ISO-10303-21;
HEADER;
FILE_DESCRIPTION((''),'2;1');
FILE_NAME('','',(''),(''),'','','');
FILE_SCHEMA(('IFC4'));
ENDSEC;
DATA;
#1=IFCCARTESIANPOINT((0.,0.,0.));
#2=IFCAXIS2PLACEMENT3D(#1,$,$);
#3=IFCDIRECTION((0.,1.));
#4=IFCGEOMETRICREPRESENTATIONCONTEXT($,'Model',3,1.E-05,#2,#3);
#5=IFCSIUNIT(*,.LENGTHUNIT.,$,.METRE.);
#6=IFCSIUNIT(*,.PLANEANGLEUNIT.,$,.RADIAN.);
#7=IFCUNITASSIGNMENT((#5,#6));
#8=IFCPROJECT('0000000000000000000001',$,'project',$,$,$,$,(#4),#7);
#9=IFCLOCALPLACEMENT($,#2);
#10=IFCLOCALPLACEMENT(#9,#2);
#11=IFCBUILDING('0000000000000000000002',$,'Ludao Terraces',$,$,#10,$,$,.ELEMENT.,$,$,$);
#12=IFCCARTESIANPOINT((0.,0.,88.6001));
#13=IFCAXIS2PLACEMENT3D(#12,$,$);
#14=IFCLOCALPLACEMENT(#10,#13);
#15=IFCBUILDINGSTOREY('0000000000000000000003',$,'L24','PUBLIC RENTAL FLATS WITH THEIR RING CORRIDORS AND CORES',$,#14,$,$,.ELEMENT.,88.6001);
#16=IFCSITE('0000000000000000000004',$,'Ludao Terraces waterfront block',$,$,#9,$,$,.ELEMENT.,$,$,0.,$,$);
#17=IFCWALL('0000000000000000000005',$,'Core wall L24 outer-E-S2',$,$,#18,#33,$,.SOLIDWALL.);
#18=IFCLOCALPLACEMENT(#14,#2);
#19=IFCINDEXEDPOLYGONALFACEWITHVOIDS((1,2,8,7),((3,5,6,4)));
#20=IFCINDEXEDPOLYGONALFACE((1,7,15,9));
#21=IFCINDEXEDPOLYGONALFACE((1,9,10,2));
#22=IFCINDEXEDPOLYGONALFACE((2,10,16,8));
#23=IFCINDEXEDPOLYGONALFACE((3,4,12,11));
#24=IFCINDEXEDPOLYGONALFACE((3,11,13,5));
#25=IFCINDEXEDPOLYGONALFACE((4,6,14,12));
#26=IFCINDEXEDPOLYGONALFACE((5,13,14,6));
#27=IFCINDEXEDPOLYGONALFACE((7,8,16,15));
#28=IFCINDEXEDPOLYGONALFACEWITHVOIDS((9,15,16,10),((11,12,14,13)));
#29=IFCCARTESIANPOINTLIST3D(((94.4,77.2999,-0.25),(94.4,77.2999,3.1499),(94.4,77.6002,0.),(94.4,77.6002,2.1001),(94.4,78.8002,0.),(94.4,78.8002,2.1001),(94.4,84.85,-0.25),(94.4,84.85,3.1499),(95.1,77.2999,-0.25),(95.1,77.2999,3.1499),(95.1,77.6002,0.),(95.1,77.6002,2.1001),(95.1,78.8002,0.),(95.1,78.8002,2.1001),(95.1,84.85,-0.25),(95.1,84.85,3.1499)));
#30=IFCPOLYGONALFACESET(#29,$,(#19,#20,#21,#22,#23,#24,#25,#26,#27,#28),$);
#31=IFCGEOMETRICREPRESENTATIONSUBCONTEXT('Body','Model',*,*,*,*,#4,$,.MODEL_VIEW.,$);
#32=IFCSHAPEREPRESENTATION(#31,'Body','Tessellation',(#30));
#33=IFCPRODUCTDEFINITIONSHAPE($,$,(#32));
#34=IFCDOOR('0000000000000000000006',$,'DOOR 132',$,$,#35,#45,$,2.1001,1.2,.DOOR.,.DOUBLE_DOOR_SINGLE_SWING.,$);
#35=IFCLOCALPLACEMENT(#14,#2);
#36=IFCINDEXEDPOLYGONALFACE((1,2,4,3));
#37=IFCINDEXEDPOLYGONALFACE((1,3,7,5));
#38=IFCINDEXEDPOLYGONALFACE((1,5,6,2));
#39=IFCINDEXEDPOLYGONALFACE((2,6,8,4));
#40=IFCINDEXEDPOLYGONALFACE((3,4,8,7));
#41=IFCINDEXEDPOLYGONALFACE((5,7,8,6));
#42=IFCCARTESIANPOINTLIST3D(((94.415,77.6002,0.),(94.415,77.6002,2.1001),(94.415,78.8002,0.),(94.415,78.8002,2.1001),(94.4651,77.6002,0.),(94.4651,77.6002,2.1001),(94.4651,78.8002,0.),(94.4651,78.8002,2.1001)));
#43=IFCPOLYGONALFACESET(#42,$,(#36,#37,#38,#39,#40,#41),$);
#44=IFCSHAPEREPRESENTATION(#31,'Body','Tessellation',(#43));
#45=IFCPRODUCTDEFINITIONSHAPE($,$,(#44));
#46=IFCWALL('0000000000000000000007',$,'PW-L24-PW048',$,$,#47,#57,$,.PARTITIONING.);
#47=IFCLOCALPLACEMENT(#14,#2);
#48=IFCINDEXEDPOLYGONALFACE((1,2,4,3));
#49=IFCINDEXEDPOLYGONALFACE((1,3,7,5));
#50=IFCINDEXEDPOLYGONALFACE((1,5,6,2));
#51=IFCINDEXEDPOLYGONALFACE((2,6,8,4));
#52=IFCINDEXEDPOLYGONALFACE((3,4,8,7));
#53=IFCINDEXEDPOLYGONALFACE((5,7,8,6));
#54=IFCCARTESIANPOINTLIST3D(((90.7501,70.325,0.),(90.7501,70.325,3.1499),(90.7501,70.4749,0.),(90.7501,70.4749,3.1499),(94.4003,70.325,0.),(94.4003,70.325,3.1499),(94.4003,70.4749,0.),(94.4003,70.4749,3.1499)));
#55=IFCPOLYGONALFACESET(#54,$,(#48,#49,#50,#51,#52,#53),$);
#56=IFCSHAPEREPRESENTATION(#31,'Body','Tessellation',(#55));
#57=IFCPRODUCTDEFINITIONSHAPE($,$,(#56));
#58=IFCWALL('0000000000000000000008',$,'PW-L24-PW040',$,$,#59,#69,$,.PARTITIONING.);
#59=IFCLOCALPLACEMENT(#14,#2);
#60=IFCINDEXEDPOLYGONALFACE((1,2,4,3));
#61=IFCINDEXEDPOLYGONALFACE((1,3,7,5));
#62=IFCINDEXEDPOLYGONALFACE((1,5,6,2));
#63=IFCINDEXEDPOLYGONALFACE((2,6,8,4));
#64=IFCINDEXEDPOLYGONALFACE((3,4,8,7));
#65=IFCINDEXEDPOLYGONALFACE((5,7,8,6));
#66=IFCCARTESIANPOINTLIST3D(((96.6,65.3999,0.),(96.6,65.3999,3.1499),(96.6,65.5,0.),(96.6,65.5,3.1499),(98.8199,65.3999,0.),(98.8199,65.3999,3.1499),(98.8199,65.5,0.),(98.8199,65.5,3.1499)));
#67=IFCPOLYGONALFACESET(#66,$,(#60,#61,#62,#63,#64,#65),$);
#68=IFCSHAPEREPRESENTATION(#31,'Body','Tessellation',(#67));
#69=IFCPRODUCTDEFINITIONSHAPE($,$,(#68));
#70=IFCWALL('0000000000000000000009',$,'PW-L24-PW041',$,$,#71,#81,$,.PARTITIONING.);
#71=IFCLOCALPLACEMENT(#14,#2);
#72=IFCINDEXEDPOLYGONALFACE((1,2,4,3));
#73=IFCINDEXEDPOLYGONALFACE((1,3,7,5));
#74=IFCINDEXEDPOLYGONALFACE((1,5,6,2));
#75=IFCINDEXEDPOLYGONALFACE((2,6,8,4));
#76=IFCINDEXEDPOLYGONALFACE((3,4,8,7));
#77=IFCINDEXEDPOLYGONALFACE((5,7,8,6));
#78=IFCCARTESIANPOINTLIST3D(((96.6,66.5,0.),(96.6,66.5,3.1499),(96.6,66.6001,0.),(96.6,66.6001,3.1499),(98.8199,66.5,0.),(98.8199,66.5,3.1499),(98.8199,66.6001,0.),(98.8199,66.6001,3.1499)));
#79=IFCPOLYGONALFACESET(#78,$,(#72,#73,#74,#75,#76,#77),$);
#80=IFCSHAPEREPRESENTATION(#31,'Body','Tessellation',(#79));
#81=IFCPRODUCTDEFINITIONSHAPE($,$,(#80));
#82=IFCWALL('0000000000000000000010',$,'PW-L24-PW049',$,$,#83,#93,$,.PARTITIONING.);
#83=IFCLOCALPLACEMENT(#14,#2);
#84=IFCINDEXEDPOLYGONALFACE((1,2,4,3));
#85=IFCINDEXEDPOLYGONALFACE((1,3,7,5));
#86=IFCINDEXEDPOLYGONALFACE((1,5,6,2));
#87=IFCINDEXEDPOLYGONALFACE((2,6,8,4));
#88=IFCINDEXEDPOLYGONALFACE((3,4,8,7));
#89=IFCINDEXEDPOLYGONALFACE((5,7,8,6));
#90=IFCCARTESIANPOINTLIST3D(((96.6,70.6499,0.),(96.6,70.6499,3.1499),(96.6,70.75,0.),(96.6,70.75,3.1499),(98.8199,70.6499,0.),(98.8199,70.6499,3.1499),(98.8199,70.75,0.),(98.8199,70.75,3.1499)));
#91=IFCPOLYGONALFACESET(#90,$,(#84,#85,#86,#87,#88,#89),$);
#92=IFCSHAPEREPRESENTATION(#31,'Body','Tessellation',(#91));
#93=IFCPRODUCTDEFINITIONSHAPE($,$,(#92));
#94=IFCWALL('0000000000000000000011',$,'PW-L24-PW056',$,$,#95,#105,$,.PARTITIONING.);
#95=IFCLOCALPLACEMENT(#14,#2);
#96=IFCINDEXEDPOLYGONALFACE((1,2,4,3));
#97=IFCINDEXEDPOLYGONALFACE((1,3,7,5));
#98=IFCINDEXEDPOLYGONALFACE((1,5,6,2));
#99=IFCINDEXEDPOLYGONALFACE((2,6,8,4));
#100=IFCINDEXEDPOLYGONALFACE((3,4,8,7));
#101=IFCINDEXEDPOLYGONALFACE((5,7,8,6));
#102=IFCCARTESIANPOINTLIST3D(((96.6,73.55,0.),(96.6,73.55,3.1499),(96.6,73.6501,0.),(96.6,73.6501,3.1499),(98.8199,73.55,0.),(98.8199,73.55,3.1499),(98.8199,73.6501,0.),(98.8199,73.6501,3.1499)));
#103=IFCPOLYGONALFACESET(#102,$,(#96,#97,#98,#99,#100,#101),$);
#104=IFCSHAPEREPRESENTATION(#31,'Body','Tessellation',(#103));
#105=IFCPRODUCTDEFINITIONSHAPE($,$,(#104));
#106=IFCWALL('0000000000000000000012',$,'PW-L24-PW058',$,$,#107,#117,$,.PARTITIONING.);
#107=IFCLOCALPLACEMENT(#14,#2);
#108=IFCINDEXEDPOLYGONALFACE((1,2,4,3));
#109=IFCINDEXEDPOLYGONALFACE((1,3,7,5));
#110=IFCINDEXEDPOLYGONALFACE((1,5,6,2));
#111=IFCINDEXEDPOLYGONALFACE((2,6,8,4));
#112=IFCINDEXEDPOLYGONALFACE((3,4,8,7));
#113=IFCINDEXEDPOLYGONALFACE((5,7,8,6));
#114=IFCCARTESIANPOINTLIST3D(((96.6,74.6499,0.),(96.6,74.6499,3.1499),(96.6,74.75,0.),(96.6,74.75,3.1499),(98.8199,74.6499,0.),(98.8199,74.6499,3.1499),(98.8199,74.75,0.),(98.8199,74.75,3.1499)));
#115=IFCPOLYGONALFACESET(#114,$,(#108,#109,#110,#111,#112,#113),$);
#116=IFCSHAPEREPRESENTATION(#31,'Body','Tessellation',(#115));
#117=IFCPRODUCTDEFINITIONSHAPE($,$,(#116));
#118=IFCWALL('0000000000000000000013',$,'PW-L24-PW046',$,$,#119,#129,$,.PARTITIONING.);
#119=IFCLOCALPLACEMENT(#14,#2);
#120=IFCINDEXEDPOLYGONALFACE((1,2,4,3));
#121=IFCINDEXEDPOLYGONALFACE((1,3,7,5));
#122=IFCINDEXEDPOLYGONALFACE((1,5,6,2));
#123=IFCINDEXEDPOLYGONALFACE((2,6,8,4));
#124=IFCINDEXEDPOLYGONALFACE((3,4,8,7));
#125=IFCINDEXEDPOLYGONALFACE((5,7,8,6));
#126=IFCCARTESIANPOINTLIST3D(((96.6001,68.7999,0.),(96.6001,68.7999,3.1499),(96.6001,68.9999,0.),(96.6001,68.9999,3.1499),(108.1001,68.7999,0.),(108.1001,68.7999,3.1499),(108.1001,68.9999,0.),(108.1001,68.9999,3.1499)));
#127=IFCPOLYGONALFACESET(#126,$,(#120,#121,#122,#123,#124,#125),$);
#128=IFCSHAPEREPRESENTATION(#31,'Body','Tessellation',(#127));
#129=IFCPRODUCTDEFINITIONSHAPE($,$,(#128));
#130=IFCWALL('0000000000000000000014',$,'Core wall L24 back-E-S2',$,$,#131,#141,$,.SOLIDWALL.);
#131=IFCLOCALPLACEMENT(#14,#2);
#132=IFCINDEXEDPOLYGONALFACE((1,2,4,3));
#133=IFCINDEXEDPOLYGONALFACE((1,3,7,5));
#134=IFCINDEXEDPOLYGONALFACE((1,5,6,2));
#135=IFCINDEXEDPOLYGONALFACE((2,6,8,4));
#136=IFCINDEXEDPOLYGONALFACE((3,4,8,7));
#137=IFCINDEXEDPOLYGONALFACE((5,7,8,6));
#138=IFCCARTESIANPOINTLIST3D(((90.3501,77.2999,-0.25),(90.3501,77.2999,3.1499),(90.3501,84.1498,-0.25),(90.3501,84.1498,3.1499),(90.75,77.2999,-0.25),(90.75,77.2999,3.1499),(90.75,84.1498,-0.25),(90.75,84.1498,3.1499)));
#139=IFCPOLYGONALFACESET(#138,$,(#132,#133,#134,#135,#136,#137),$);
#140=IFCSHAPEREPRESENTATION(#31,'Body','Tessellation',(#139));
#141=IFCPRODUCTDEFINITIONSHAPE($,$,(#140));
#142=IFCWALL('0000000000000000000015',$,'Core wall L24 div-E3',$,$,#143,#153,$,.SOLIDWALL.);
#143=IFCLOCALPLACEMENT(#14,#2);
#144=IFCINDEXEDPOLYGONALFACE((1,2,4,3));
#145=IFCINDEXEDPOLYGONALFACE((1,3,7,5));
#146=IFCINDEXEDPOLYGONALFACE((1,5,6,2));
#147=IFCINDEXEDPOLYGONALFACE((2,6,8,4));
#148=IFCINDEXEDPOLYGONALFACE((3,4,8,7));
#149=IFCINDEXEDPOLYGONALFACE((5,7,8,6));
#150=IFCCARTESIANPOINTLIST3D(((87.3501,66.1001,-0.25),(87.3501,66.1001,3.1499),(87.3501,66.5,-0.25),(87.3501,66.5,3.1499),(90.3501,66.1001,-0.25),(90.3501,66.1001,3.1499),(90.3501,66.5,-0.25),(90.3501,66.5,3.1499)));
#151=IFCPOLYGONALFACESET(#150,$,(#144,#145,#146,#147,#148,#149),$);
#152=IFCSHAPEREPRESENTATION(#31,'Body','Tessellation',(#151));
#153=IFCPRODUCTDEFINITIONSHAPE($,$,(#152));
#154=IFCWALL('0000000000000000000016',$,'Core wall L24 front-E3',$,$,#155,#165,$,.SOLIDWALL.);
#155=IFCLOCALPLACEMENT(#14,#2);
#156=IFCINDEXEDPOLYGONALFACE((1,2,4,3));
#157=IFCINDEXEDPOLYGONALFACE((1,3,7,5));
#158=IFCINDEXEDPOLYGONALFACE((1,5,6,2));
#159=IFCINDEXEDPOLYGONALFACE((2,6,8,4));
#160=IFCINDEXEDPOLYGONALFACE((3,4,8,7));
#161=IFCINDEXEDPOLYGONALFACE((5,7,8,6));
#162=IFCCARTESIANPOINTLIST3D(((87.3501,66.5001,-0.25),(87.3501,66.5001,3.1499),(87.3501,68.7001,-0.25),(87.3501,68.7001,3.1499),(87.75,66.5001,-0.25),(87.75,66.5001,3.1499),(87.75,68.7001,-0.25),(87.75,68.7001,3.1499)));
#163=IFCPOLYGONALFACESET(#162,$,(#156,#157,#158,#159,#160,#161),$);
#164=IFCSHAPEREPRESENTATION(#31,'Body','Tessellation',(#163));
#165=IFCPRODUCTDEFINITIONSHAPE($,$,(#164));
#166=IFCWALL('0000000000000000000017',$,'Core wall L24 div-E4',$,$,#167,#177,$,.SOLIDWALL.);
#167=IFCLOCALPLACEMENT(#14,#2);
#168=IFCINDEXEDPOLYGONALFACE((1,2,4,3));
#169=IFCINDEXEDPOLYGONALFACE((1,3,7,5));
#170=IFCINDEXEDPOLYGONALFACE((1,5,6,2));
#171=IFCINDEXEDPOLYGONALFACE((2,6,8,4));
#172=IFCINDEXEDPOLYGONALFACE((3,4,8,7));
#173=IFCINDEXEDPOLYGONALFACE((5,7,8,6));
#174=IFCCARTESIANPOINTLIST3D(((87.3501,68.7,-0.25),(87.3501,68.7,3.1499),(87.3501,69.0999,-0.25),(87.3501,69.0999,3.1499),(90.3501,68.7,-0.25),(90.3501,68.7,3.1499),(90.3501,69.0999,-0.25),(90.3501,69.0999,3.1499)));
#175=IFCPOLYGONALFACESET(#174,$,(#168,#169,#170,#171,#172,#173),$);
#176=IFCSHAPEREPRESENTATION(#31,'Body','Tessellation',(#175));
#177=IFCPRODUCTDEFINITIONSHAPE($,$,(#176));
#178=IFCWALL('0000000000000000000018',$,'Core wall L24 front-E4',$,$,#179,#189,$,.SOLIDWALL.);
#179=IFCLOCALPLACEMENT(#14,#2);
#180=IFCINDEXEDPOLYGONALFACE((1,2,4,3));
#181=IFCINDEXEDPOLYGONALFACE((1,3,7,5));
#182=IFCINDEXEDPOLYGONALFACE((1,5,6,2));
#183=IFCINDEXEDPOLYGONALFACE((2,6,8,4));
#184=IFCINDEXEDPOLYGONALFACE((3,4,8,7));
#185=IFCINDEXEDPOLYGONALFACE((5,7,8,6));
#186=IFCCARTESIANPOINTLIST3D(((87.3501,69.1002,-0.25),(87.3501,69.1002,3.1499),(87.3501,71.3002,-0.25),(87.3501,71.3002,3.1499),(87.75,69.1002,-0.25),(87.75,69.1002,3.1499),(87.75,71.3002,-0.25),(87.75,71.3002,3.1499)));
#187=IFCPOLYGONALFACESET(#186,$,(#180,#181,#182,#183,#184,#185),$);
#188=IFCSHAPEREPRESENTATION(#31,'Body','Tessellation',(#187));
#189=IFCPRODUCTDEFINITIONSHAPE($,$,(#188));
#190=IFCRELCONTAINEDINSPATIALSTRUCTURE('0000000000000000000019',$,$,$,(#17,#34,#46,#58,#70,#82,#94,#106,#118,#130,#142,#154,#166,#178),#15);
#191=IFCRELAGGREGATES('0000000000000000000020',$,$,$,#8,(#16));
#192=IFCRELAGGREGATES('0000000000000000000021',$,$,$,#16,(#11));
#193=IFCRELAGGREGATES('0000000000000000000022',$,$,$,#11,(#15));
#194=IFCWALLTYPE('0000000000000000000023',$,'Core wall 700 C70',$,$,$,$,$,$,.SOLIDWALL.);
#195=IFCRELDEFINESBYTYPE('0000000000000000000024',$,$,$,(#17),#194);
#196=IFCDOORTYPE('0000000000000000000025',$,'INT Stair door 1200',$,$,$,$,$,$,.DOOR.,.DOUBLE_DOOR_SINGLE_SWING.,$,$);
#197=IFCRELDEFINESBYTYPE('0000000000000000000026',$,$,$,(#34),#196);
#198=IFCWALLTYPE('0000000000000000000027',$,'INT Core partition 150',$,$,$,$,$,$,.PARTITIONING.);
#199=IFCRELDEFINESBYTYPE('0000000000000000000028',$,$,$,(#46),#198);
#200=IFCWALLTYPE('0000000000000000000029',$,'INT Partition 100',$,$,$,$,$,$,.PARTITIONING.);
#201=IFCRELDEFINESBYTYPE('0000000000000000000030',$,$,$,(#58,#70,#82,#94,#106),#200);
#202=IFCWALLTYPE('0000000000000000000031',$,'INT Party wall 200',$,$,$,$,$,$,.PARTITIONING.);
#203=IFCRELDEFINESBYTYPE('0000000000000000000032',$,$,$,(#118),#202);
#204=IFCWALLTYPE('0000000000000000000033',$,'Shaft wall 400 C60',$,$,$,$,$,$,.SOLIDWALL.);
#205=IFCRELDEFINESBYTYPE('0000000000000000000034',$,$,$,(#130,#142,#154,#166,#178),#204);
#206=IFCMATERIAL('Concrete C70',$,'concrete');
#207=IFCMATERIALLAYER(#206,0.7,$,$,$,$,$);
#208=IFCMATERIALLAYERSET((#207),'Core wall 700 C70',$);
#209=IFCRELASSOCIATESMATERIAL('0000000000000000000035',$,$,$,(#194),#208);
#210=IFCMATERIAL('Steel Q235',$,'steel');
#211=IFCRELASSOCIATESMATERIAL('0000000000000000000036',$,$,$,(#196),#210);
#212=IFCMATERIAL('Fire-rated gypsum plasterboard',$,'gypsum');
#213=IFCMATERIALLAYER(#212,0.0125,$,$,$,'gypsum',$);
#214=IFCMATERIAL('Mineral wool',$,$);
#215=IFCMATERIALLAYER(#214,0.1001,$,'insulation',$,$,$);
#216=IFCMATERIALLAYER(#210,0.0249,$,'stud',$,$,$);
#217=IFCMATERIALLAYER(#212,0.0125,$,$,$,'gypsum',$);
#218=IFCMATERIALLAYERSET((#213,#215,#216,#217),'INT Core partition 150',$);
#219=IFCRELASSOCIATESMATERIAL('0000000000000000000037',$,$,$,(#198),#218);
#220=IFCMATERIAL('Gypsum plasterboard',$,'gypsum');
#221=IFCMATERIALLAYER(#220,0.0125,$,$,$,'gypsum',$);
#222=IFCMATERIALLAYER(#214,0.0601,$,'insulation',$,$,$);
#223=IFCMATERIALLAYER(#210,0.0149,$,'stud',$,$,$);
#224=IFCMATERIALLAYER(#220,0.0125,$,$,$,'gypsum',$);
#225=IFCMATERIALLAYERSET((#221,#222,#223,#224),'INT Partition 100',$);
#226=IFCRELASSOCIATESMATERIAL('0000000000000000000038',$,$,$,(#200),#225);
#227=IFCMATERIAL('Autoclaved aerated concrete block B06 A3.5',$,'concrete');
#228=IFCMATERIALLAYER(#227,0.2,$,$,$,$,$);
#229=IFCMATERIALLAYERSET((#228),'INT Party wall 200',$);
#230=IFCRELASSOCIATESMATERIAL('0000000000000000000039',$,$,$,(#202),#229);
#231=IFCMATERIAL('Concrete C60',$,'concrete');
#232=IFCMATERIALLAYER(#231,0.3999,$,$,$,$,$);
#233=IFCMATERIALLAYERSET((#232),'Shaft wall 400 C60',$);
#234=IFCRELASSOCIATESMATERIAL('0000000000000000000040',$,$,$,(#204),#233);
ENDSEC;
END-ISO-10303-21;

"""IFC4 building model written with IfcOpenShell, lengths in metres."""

from ifc_helpers import new_model, si_unit, direction, frame, frame_2d, origin, place, context, subcontext, project, spatial, rectangle, extrude, material, layer, layer_set, type_object, element, fill, save


model = new_model("IFC4")

# Units and contexts
model_context = context("Model", 3, precision=1e-05, world=origin(), true_north=direction((0.0, 1.0)))
body_context = subcontext(model_context, "Body", "Model", "MODEL_VIEW")
ifc_project = project(units=[si_unit("LENGTHUNIT", "METRE"), si_unit("PLANEANGLEUNIT", "RADIAN")], contexts=[model_context])

# Site, building, storey
site_placement = place(None, origin())
site = spatial("IfcSite", under=ifc_project, at=site_placement, Name="Ludao Terraces waterfront block", CompositionType="ELEMENT", RefElevation=0.0)
building_placement = place(site_placement, origin())
building = spatial("IfcBuilding", under=site, at=building_placement, Name="Ludao Terraces", CompositionType="ELEMENT")
storey_placement = place(building_placement, frame((0.0, 0.0, 88.6001)))
storey = spatial("IfcBuildingStorey", under=building, at=storey_placement, Name="L24", Description="PUBLIC RENTAL FLATS WITH THEIR RING CORRIDORS AND CORES", CompositionType="ELEMENT", Elevation=88.6001)

# Wall, opening, door
ifc_material_1 = material(Name="Concrete C70", Category="concrete")
ifc_layer_1 = layer(ifc_material_1, 0.7)
ifc_layer_set_1 = layer_set([ifc_layer_1], Name="Core wall 700 C70")
wall_type_1 = type_object("IfcWallType", Name="Core wall 700 C70", PredefinedType="SOLIDWALL", material=ifc_layer_set_1)
wall_1_placement = place(storey_placement, frame((94.75, 77.3, -0.25), z_axis=(0.0, 0.0, 1.0), x_axis=(0.0, 1.0, 0.0)))
wall_1 = element("IfcWall", 1, at=wall_1_placement, inside=storey, type_object=wall_type_1, Name="Core wall L24 outer-E-S2", PredefinedType="SOLIDWALL", context=body_context, shape_type="SweptSolid", body=[
    extrude(rectangle(XDim=7.55, YDim=0.7, at=frame_2d((3.7749, 0.0))), origin(), (0.0, 0.0, 1.0), 3.3999),
])
opening_1_placement = place(wall_1_placement, frame((0.3, 0.0, 0.25)))
opening_1 = element("IfcOpeningElement", 2, at=opening_1_placement, cuts=wall_1, PredefinedType="OPENING", context=body_context, shape_type="SweptSolid", body=[
    extrude(rectangle(XDim=1.2, YDim=2.1001, at=frame_2d((0.6001, 1.05))), frame((0.0, 0.3599, 0.0), z_axis=(0.0, -1.0, 0.0), x_axis=(1.0, 0.0, 0.0)), (0.0, 0.0, 1.0), 0.72),
])
ifc_material_2 = material(Name="Steel Q235", Category="steel")
door_type_1 = type_object("IfcDoorType", Name="INT Stair door 1200", OperationType="DOUBLE_DOOR_SINGLE_SWING", PredefinedType="DOOR", material=ifc_material_2)
door_1_placement = place(opening_1_placement, origin())
door_1 = element("IfcDoor", 3, at=door_1_placement, inside=storey, type_object=door_type_1, Name="DOOR 132", OperationType="DOUBLE_DOOR_SINGLE_SWING", OverallHeight=2.1001, OverallWidth=1.2, PredefinedType="DOOR", context=body_context, shape_type="SweptSolid", body=[
    extrude(rectangle(XDim=1.2, YDim=2.1001, at=frame_2d((0.6001, 1.05))), frame((0.0, 0.335, 0.0), z_axis=(0.0, -1.0, 0.0), x_axis=(1.0, 0.0, 0.0)), (0.0, 0.0, 1.0), 0.05),
])
fill(opening_1, door_1)

# Walls
ifc_material_3 = material(Name="Fire-rated gypsum plasterboard", Category="gypsum")
ifc_layer_2 = layer(ifc_material_3, 0.0125, Category="gypsum")
ifc_material_4 = material(Name="Mineral wool")
ifc_layer_3 = layer(ifc_material_4, 0.1001, Name="insulation")
ifc_layer_4 = layer(ifc_material_2, 0.0249, Name="stud")
ifc_layer_5 = layer(ifc_material_3, 0.0125, Category="gypsum")
ifc_layer_set_2 = layer_set([ifc_layer_2, ifc_layer_3, ifc_layer_4, ifc_layer_5], Name="INT Core partition 150")
wall_type_2 = type_object("IfcWallType", Name="INT Core partition 150", PredefinedType="PARTITIONING", material=ifc_layer_set_2)
wall_2_placement = place(storey_placement, frame((90.75, 70.3999, 0.0), z_axis=(0.0, 0.0, 1.0), x_axis=(1.0, 0.0, 0.0)))
element("IfcWall", 4, at=wall_2_placement, inside=storey, type_object=wall_type_2, Name="PW-L24-PW048", PredefinedType="PARTITIONING", context=body_context, shape_type="SweptSolid", body=[
    extrude(rectangle(XDim=3.6501, YDim=0.1499, at=frame_2d((1.8252, 0.0))), origin(), (0.0, 0.0, 1.0), 3.1499),
])
ifc_material_5 = material(Name="Gypsum plasterboard", Category="gypsum")
ifc_layer_6 = layer(ifc_material_5, 0.0125, Category="gypsum")
ifc_layer_7 = layer(ifc_material_4, 0.0601, Name="insulation")
ifc_layer_8 = layer(ifc_material_2, 0.0149, Name="stud")
ifc_layer_9 = layer(ifc_material_5, 0.0125, Category="gypsum")
ifc_layer_set_3 = layer_set([ifc_layer_6, ifc_layer_7, ifc_layer_8, ifc_layer_9], Name="INT Partition 100")
wall_type_3 = type_object("IfcWallType", Name="INT Partition 100", PredefinedType="PARTITIONING", material=ifc_layer_set_3)
for number, where, z_axis, x_axis, name in (
    (5, (96.6001, 65.45, 0.0), (0.0, 0.0, 1.0), (1.0, 0.0, 0.0), "PW-L24-PW040"),
    (6, (96.6001, 66.55, 0.0), (0.0, 0.0, 1.0), (1.0, 0.0, 0.0), "PW-L24-PW041"),
    (7, (96.6001, 70.7, 0.0), (0.0, 0.0, 1.0), (1.0, 0.0, 0.0), "PW-L24-PW049"),
    (8, (96.6001, 73.6001, 0.0), (0.0, 0.0, 1.0), (1.0, 0.0, 0.0), "PW-L24-PW056"),
    (9, (96.6001, 74.7, 0.0), (0.0, 0.0, 1.0), (1.0, 0.0, 0.0), "PW-L24-PW058"),
):
    element("IfcWall", number, at=place(storey_placement, frame(where, z_axis=z_axis, x_axis=x_axis)), inside=storey, type_object=wall_type_3, Name=name, PredefinedType="PARTITIONING", context=body_context, shape_type="SweptSolid", body=[
        extrude(rectangle(XDim=2.22, YDim=0.1001, at=frame_2d((1.1099, 0.0))), origin(), (0.0, 0.0, 1.0), 3.1499),
    ])
ifc_material_6 = material(Name="Autoclaved aerated concrete block B06 A3.5", Category="concrete")
ifc_layer_10 = layer(ifc_material_6, 0.2)
ifc_layer_set_4 = layer_set([ifc_layer_10], Name="INT Party wall 200")
wall_type_4 = type_object("IfcWallType", Name="INT Party wall 200", PredefinedType="PARTITIONING", material=ifc_layer_set_4)
wall_3_placement = place(storey_placement, frame((96.6001, 68.8999, 0.0), z_axis=(0.0, 0.0, 1.0), x_axis=(1.0, 0.0, 0.0)))
element("IfcWall", 10, at=wall_3_placement, inside=storey, type_object=wall_type_4, Name="PW-L24-PW046", PredefinedType="PARTITIONING", context=body_context, shape_type="SweptSolid", body=[
    extrude(rectangle(XDim=11.5, YDim=0.2, at=frame_2d((5.75, 0.0))), origin(), (0.0, 0.0, 1.0), 3.1499),
])
ifc_material_7 = material(Name="Concrete C60", Category="concrete")
ifc_layer_11 = layer(ifc_material_7, 0.3999)
ifc_layer_set_5 = layer_set([ifc_layer_11], Name="Shaft wall 400 C60")
wall_type_5 = type_object("IfcWallType", Name="Shaft wall 400 C60", PredefinedType="SOLIDWALL", material=ifc_layer_set_5)
wall_4_placement = place(storey_placement, frame((90.55, 77.3, -0.25), z_axis=(0.0, 0.0, 1.0), x_axis=(0.0, 1.0, 0.0)))
element("IfcWall", 11, at=wall_4_placement, inside=storey, type_object=wall_type_5, Name="Core wall L24 back-E-S2", PredefinedType="SOLIDWALL", context=body_context, shape_type="SweptSolid", body=[
    extrude(rectangle(XDim=6.8499, YDim=0.3999, at=frame_2d((3.4248, 0.0))), origin(), (0.0, 0.0, 1.0), 3.3999),
])
wall_5_placement = place(storey_placement, frame((87.3501, 66.3, -0.25), z_axis=(0.0, 0.0, 1.0), x_axis=(1.0, 0.0, 0.0)))
element("IfcWall", 12, at=wall_5_placement, inside=storey, type_object=wall_type_5, Name="Core wall L24 div-E3", PredefinedType="SOLIDWALL", context=body_context, shape_type="SweptSolid", body=[
    extrude(rectangle(XDim=3.0, YDim=0.3999, at=frame_2d((1.5, 0.0))), origin(), (0.0, 0.0, 1.0), 3.3999),
])
wall_6_placement = place(storey_placement, frame((87.55, 66.5, -0.25), z_axis=(0.0, 0.0, 1.0), x_axis=(0.0, 1.0, 0.0)))
element("IfcWall", 13, at=wall_6_placement, inside=storey, type_object=wall_type_5, Name="Core wall L24 front-E3", PredefinedType="SOLIDWALL", context=body_context, shape_type="SweptSolid", body=[
    extrude(rectangle(XDim=2.2, YDim=0.3999, at=frame_2d((1.1001, 0.0))), origin(), (0.0, 0.0, 1.0), 3.3999),
])
wall_7_placement = place(storey_placement, frame((87.3501, 68.8999, -0.25), z_axis=(0.0, 0.0, 1.0), x_axis=(1.0, 0.0, 0.0)))
element("IfcWall", 14, at=wall_7_placement, inside=storey, type_object=wall_type_5, Name="Core wall L24 div-E4", PredefinedType="SOLIDWALL", context=body_context, shape_type="SweptSolid", body=[
    extrude(rectangle(XDim=3.0, YDim=0.3999, at=frame_2d((1.5, 0.0))), origin(), (0.0, 0.0, 1.0), 3.3999),
])
wall_8_placement = place(storey_placement, frame((87.55, 69.1001, -0.25), z_axis=(0.0, 0.0, 1.0), x_axis=(0.0, 1.0, 0.0)))
element("IfcWall", 15, at=wall_8_placement, inside=storey, type_object=wall_type_5, Name="Core wall L24 front-E4", PredefinedType="SOLIDWALL", context=body_context, shape_type="SweptSolid", body=[
    extrude(rectangle(XDim=2.2, YDim=0.3999, at=frame_2d((1.1001, 0.0))), origin(), (0.0, 0.0, 1.0), 3.3999),
])

save(model, "model.ifc")
